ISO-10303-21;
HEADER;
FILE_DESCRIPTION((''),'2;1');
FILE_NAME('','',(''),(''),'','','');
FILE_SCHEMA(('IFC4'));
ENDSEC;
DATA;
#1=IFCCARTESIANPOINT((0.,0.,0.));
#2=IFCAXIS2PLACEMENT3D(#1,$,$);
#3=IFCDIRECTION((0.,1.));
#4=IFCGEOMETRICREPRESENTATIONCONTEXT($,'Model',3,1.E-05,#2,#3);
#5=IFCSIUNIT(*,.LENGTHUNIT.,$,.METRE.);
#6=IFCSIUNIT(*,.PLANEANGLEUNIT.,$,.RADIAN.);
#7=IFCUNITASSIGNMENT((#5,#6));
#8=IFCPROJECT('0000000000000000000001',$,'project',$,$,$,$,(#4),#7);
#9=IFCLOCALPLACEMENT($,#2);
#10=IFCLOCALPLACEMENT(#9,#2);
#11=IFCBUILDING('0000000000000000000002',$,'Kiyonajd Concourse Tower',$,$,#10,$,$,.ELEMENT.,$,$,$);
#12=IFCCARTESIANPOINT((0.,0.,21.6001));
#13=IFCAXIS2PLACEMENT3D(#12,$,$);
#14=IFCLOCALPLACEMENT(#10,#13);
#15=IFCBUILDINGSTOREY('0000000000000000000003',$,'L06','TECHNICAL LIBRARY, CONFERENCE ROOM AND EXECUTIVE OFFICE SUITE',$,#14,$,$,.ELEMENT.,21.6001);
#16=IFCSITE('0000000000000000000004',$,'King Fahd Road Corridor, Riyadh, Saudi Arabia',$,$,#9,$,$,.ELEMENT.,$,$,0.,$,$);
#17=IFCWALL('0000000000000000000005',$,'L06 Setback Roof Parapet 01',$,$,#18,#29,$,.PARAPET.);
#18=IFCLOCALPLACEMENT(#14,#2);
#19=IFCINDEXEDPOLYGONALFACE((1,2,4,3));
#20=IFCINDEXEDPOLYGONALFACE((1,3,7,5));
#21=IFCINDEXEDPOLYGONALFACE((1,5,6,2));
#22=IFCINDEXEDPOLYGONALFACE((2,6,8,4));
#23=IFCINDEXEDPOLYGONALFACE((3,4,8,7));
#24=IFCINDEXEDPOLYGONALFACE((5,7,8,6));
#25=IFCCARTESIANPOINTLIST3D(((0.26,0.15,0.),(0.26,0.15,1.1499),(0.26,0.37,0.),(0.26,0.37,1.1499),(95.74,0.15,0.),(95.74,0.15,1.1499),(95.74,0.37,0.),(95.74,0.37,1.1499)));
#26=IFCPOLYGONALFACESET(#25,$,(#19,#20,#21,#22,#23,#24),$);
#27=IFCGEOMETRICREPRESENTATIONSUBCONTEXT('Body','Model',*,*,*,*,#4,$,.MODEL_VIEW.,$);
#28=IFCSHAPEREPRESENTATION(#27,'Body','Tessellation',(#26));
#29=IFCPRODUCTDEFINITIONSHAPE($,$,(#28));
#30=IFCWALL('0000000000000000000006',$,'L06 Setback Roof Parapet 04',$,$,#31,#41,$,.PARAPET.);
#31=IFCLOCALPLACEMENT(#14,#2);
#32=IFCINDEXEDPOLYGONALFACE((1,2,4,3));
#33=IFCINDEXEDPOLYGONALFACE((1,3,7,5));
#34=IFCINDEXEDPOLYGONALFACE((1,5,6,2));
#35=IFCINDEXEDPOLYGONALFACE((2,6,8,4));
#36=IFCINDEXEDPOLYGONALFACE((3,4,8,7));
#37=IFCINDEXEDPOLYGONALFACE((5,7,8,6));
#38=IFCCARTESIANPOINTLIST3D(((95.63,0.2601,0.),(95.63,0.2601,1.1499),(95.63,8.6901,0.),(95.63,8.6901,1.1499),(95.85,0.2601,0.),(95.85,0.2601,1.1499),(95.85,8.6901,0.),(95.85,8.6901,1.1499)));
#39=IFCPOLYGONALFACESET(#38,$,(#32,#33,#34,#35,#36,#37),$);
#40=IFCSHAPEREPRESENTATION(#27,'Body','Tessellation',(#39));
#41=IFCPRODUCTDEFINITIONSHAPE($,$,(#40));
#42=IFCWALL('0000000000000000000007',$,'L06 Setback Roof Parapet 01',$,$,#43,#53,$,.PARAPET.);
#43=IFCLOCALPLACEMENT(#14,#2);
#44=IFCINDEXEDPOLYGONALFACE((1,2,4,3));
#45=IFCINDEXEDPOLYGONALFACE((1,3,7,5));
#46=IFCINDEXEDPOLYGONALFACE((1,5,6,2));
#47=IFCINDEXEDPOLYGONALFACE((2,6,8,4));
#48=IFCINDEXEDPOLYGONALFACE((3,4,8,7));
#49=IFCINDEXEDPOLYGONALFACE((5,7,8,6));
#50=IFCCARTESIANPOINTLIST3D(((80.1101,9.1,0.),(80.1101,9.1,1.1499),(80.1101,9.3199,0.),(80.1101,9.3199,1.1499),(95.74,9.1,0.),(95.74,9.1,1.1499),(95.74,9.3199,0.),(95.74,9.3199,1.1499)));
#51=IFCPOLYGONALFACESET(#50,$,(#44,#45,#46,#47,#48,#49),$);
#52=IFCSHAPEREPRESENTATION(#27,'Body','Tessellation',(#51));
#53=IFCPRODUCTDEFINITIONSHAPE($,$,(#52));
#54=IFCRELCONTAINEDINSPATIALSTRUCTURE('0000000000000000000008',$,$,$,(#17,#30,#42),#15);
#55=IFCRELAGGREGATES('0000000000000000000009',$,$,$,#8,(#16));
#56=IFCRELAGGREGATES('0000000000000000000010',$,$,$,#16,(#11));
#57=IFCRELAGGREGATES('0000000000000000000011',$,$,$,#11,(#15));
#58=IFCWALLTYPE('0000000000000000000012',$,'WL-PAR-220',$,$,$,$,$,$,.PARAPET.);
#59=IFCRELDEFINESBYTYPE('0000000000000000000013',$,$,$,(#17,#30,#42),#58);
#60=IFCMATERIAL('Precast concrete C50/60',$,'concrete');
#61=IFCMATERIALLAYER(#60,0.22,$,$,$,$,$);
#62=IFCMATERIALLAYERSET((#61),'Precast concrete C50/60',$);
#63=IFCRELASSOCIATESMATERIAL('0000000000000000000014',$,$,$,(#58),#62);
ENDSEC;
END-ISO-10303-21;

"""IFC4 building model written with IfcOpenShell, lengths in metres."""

from ifc_helpers import new_model, si_unit, direction, frame, frame_2d, origin, place, context, subcontext, project, spatial, rectangle, extrude, material, layer, layer_set, type_object, element, save


model = new_model("IFC4")

# Units and contexts
model_context = context("Model", 3, precision=1e-05, world=origin(), true_north=direction((0.0, 1.0)))
body_context = subcontext(model_context, "Body", "Model", "MODEL_VIEW")
ifc_project = project(units=[si_unit("LENGTHUNIT", "METRE"), si_unit("PLANEANGLEUNIT", "RADIAN")], contexts=[model_context])

# Site, building, storey
site_placement = place(None, origin())
site = spatial("IfcSite", under=ifc_project, at=site_placement, Name="King Fahd Road Corridor, Riyadh, Saudi Arabia", CompositionType="ELEMENT", RefElevation=0.0)
building_placement = place(site_placement, origin())
building = spatial("IfcBuilding", under=site, at=building_placement, Name="Kiyonajd Concourse Tower", CompositionType="ELEMENT")
storey_placement = place(building_placement, frame((0.0, 0.0, 21.6001)))
storey = spatial("IfcBuildingStorey", under=building, at=storey_placement, Name="L06", Description="TECHNICAL LIBRARY, CONFERENCE ROOM AND EXECUTIVE OFFICE SUITE", CompositionType="ELEMENT", Elevation=21.6001)

# Walls
ifc_material_1 = material(Name="Precast concrete C50/60", Category="concrete")
ifc_layer_1 = layer(ifc_material_1, 0.22)
ifc_layer_set_1 = layer_set([ifc_layer_1], Name="Precast concrete C50/60")
wall_type_1 = type_object("IfcWallType", Name="WL-PAR-220", PredefinedType="PARAPET", material=ifc_layer_set_1)
wall_1_placement = place(storey_placement, frame((95.74, 0.26, 0.0), z_axis=(0.0, 0.0, 1.0), x_axis=(-1.0, 0.0, 0.0)))
element("IfcWall", 1, at=wall_1_placement, inside=storey, type_object=wall_type_1, Name="L06 Setback Roof Parapet 01", PredefinedType="PARAPET", context=body_context, shape_type="SweptSolid", body=[
    extrude(rectangle(XDim=95.48, YDim=0.22, at=frame_2d((47.74, 0.0))), origin(), (0.0, 0.0, 1.0), 1.1499),
])
wall_2_placement = place(storey_placement, frame((95.74, 8.6899, 0.0), z_axis=(0.0, 0.0, 1.0), x_axis=(0.0, -1.0, 0.0)))
element("IfcWall", 2, at=wall_2_placement, inside=storey, type_object=wall_type_1, Name="L06 Setback Roof Parapet 04", PredefinedType="PARAPET", context=body_context, shape_type="SweptSolid", body=[
    extrude(rectangle(XDim=8.4299, YDim=0.22, at=frame_2d((4.2148, 0.0))), origin(), (0.0, 0.0, 1.0), 1.1499),
])
wall_3_placement = place(storey_placement, frame((95.74, 9.21, 0.0), z_axis=(0.0, 0.0, 1.0), x_axis=(-1.0, 0.0, 0.0)))
element("IfcWall", 3, at=wall_3_placement, inside=storey, type_object=wall_type_1, Name="L06 Setback Roof Parapet 01", PredefinedType="PARAPET", context=body_context, shape_type="SweptSolid", body=[
    extrude(rectangle(XDim=15.6299, YDim=0.22, at=frame_2d((7.8149, 0.0))), origin(), (0.0, 0.0, 1.0), 1.1499),
])

save(model, "model.ifc")
